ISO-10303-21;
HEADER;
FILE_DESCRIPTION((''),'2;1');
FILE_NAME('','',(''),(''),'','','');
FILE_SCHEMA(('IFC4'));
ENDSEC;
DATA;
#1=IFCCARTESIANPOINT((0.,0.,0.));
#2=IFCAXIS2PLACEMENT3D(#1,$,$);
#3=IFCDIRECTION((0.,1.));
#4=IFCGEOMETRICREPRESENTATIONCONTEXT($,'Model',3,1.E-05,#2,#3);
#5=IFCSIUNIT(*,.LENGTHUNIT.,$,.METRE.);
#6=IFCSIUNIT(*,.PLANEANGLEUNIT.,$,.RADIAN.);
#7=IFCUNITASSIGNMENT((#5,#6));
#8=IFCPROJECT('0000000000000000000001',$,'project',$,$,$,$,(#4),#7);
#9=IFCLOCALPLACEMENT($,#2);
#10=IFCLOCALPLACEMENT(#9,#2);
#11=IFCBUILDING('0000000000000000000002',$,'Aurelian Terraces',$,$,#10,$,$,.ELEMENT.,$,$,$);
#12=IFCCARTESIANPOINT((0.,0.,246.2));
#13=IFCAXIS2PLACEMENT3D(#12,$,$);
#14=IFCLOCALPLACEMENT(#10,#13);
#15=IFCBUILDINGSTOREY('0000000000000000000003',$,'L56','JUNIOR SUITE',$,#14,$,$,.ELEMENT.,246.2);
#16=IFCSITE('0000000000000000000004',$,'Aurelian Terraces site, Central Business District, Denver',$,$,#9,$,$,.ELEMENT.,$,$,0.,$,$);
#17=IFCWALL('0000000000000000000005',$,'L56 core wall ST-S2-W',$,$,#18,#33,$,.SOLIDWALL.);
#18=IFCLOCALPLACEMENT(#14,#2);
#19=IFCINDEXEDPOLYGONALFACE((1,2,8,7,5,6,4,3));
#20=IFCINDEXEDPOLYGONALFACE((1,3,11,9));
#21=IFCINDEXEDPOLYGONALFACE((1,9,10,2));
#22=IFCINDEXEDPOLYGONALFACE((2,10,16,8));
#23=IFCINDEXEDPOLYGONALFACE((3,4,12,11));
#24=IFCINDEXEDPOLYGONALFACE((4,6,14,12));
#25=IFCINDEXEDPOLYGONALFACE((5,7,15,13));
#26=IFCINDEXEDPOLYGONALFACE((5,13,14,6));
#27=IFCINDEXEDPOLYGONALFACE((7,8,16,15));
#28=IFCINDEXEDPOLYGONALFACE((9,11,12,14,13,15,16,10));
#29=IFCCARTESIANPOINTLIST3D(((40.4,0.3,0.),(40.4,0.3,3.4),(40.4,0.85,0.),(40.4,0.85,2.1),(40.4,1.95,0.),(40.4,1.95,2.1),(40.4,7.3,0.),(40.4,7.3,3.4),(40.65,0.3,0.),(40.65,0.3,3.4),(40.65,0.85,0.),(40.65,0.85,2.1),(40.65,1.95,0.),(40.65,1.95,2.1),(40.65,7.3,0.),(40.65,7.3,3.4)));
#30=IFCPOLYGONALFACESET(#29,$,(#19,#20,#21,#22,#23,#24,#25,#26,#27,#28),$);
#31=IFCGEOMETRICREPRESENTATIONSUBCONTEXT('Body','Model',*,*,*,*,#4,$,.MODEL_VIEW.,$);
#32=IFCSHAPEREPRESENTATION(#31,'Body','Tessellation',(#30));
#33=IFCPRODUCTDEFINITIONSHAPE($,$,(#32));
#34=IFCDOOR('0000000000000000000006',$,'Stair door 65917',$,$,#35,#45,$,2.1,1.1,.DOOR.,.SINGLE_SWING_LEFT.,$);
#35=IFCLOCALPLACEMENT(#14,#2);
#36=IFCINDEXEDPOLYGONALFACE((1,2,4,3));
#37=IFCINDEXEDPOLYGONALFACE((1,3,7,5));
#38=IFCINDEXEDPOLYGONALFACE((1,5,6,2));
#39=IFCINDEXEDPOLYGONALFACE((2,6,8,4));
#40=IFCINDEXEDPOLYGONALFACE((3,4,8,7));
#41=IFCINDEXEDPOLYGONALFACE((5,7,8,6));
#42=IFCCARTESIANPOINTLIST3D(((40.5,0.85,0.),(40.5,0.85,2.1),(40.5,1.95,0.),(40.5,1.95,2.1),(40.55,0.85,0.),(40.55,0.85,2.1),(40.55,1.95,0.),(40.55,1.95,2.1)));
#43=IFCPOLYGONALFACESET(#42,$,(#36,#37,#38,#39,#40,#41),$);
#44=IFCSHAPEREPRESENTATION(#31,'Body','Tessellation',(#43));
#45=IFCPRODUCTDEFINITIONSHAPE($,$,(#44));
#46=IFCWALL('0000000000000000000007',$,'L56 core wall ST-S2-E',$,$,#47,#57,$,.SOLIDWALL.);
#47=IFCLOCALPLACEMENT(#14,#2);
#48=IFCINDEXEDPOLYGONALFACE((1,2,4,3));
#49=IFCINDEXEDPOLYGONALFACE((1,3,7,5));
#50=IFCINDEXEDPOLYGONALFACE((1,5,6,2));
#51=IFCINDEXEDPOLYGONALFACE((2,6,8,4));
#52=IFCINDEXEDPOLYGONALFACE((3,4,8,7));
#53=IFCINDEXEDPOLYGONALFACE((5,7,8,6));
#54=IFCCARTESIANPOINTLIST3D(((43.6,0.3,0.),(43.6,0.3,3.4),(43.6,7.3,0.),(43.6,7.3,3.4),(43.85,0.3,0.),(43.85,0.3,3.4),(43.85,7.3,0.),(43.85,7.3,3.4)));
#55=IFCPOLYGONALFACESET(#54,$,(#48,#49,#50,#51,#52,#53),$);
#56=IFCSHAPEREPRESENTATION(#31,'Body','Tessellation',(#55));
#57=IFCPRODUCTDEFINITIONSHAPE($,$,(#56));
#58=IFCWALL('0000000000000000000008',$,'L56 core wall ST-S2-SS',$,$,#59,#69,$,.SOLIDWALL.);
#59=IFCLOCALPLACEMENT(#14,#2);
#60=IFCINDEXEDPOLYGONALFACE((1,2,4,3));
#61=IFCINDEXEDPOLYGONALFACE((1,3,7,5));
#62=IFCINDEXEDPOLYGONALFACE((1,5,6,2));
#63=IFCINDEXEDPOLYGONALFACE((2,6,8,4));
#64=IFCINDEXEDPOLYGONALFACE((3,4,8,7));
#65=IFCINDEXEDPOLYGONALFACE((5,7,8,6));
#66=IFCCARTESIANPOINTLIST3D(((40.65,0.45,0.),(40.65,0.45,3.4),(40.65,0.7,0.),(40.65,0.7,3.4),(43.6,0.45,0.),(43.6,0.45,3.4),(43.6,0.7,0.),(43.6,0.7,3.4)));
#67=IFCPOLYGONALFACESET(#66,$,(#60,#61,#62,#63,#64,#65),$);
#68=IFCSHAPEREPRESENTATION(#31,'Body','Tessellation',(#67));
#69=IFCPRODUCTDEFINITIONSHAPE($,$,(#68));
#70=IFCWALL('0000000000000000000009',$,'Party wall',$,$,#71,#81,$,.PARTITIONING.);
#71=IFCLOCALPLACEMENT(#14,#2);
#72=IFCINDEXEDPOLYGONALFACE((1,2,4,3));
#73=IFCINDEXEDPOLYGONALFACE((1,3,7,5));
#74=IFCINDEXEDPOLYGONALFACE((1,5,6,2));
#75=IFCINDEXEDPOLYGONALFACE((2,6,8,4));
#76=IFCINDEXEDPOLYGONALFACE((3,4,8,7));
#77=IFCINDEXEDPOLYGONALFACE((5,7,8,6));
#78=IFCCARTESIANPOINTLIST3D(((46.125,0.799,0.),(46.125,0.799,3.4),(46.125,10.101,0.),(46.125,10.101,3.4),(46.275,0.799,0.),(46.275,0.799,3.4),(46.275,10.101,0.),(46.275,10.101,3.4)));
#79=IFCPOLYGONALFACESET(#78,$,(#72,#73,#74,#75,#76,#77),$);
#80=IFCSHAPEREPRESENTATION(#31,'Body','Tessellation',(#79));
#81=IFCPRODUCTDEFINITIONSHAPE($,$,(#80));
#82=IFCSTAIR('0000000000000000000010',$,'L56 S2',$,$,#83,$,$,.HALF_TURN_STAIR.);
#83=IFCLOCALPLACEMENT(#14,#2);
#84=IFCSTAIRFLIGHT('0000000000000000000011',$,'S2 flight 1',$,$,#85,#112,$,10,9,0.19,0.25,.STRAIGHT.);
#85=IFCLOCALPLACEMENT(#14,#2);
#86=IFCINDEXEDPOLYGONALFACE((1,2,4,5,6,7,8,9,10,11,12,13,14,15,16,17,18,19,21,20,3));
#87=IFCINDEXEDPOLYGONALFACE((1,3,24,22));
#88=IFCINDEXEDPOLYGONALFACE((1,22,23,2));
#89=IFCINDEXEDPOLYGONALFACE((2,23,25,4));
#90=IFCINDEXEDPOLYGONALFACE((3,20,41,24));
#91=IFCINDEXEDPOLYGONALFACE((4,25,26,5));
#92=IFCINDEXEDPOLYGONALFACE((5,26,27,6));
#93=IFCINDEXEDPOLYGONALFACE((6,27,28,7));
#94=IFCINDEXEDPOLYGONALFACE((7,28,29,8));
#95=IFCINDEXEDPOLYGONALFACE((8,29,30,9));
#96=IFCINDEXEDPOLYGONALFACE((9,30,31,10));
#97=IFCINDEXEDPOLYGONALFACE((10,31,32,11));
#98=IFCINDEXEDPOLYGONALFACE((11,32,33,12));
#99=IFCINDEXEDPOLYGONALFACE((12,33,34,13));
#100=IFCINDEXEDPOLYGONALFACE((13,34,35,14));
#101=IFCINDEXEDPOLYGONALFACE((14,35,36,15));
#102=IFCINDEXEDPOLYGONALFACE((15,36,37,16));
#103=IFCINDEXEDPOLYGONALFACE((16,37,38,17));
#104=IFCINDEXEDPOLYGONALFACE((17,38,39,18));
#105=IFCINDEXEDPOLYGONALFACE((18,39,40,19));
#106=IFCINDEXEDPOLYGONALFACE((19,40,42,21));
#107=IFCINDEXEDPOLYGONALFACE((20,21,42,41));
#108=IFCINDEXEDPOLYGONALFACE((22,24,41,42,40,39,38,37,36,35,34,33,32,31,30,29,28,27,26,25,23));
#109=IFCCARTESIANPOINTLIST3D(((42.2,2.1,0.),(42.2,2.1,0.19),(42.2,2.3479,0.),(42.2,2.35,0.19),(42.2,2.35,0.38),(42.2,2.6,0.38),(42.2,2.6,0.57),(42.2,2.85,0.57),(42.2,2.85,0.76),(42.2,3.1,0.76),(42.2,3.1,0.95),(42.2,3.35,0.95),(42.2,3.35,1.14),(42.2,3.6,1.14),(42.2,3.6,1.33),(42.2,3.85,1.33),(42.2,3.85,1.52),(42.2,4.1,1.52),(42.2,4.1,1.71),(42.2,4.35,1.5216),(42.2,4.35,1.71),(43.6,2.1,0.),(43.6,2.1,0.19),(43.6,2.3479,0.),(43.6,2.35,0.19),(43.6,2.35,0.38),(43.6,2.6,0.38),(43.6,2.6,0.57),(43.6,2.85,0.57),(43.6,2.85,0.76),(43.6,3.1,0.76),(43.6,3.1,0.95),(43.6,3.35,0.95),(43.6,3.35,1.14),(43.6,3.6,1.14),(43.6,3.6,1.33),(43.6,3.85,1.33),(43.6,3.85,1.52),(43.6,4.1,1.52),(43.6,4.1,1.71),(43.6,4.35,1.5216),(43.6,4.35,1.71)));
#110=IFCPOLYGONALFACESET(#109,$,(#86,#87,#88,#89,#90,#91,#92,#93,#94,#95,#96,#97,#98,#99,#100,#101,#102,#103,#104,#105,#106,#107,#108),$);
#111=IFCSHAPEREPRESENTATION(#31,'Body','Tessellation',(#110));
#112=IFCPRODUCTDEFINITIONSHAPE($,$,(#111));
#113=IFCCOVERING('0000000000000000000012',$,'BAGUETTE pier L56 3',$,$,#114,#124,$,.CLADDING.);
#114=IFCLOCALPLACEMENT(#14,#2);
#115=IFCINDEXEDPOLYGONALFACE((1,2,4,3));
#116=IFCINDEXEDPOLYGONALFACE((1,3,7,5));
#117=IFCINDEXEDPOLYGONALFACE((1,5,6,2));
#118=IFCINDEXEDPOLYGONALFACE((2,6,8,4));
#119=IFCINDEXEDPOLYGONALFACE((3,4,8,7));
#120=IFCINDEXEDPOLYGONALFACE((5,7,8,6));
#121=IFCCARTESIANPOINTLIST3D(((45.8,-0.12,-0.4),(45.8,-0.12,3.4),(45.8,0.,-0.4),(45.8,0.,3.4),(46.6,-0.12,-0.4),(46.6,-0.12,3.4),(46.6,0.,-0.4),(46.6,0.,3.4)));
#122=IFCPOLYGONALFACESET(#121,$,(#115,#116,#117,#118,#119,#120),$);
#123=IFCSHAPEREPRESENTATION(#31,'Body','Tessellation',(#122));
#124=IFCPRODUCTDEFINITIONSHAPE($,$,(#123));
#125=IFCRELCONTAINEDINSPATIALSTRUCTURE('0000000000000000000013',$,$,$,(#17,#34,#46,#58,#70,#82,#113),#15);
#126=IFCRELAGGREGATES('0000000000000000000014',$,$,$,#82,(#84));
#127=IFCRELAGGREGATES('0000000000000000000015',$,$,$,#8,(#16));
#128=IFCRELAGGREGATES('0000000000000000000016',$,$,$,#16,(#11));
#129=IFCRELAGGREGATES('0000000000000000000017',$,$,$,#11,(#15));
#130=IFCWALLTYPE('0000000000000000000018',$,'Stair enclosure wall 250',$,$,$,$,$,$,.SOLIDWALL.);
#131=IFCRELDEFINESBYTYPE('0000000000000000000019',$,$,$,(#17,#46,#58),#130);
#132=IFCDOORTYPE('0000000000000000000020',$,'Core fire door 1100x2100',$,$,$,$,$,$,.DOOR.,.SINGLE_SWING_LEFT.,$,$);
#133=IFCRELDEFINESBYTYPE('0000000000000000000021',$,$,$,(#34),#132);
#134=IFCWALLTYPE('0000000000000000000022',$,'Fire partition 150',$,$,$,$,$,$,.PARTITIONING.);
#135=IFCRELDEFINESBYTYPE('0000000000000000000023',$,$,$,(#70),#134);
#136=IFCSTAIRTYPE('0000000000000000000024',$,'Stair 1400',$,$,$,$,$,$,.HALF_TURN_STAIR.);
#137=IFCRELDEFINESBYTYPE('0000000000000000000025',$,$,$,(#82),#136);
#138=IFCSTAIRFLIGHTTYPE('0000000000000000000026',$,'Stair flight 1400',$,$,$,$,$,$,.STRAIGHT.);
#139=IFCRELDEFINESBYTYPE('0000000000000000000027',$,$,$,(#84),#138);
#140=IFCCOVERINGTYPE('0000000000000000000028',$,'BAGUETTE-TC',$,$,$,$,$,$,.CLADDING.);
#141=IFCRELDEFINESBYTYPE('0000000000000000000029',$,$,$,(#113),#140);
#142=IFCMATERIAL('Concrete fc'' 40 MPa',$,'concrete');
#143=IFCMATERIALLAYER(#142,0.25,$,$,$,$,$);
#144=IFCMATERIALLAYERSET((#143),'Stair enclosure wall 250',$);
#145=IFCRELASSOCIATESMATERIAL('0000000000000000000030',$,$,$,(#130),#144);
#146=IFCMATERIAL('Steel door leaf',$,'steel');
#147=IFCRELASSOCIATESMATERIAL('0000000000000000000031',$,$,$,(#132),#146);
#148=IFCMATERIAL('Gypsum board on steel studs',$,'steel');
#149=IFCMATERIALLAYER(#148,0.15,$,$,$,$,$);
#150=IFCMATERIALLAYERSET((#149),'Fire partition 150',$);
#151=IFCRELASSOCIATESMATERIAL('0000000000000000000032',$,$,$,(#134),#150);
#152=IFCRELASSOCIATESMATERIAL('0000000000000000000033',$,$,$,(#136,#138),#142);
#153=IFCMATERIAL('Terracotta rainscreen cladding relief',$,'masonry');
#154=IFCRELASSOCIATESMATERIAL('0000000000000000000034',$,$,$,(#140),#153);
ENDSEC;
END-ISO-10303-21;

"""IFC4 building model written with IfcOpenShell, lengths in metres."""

from ifc_helpers import new_model, si_unit, direction, frame, frame_2d, origin, origin_2d, place, context, subcontext, project, spatial, polyline, rectangle, outline, extrude, source, transform, mapped, material, layer, layer_set, type_object, element, fill, aggregate, save


model = new_model("IFC4")

# Units and contexts
model_context = context("Model", 3, precision=1e-05, world=origin(), true_north=direction((0.0, 1.0)))
body_context = subcontext(model_context, "Body", "Model", "MODEL_VIEW")
ifc_project = project(units=[si_unit("LENGTHUNIT", "METRE"), si_unit("PLANEANGLEUNIT", "RADIAN")], contexts=[model_context])

# Site, building, storey
site_placement = place(None, origin())
site = spatial("IfcSite", under=ifc_project, at=site_placement, Name="Aurelian Terraces site, Central Business District, Denver", CompositionType="ELEMENT", RefElevation=0.0)
building_placement = place(site_placement, origin())
building = spatial("IfcBuilding", under=site, at=building_placement, Name="Aurelian Terraces", CompositionType="ELEMENT")
storey_placement = place(building_placement, frame((0.0, 0.0, 246.2)))
storey = spatial("IfcBuildingStorey", under=building, at=storey_placement, Name="L56", Description="JUNIOR SUITE", CompositionType="ELEMENT", Elevation=246.2)

# Wall, opening, door
ifc_material_1 = material(Name="Concrete fc' 40 MPa", Category="concrete")
ifc_layer_1 = layer(ifc_material_1, 0.25)
ifc_layer_set_1 = layer_set([ifc_layer_1], Name="Stair enclosure wall 250")
wall_type_1 = type_object("IfcWallType", Name="Stair enclosure wall 250", PredefinedType="SOLIDWALL", material=ifc_layer_set_1)
shared_shape_1 = source(origin(), body_context, "Body", "SweptSolid", [
    extrude(rectangle(XDim=7.0, YDim=0.25, at=frame_2d((3.5, 0.0))), origin(), (0.0, 0.0, 1.0), 3.4),
])
wall_1_placement = place(storey_placement, frame((40.525, 0.3, 0.0), z_axis=(0.0, 0.0, 1.0), x_axis=(0.0, 1.0, 0.0)))
wall_1 = element("IfcWall", 1, at=wall_1_placement, inside=storey, type_object=wall_type_1, Name="L56 core wall ST-S2-W", PredefinedType="SOLIDWALL", context=body_context, shape_type="MappedRepresentation", body=[
    mapped(shared_shape_1, transform((0.0, 0.0, 0.0), scale=1.0)),
])
shared_shape_2 = source(origin(), body_context, "Body", "SweptSolid", [
    extrude(rectangle(XDim=1.1, YDim=2.1, at=frame_2d((0.55, 1.05))), frame((0.0, 0.135, 0.0), z_axis=(0.0, -1.0, 0.0), x_axis=(1.0, 0.0, 0.0)), (0.0, 0.0, 1.0), 0.27),
])
opening_1_placement = place(wall_1_placement, frame((0.55, 0.0, 0.0)))
opening_1 = element("IfcOpeningElement", 2, at=opening_1_placement, cuts=wall_1, PredefinedType="OPENING", context=body_context, shape_type="MappedRepresentation", body=[
    mapped(shared_shape_2, transform((0.0, 0.0, 0.0), scale=1.0)),
])
ifc_material_2 = material(Name="Steel door leaf", Category="steel")
door_type = type_object("IfcDoorType", Name="Core fire door 1100x2100", OperationType="SINGLE_SWING_LEFT", PredefinedType="DOOR", material=ifc_material_2)
shared_shape_3 = source(origin(), body_context, "Body", "SweptSolid", [
    extrude(rectangle(XDim=1.1, YDim=2.1, at=frame_2d((0.55, 1.05))), frame((0.0, 0.025, 0.0), z_axis=(0.0, -1.0, 0.0), x_axis=(1.0, 0.0, 0.0)), (0.0, 0.0, 1.0), 0.05),
])
door_placement = place(opening_1_placement, origin())
door = element("IfcDoor", 3, at=door_placement, inside=storey, type_object=door_type, Name="Stair door 65917", OperationType="SINGLE_SWING_LEFT", OverallHeight=2.1, OverallWidth=1.1, PredefinedType="DOOR", context=body_context, shape_type="MappedRepresentation", body=[
    mapped(shared_shape_3, transform((0.0, 0.0, 0.0), scale=1.0)),
])
fill(opening_1, door)

# Walls
wall_2_placement = place(storey_placement, frame((43.725, 0.3, 0.0), z_axis=(0.0, 0.0, 1.0), x_axis=(0.0, 1.0, 0.0)))
element("IfcWall", 4, at=wall_2_placement, inside=storey, type_object=wall_type_1, Name="L56 core wall ST-S2-E", PredefinedType="SOLIDWALL", context=body_context, shape_type="MappedRepresentation", body=[
    mapped(shared_shape_1, transform((0.0, 0.0, 0.0), scale=1.0)),
])
shared_shape_4 = source(origin(), body_context, "Body", "SweptSolid", [
    extrude(rectangle(XDim=2.95, YDim=0.25, at=frame_2d((1.475, 0.0))), origin(), (0.0, 0.0, 1.0), 3.4),
])
wall_3_placement = place(storey_placement, frame((40.65, 0.575, 0.0), z_axis=(0.0, 0.0, 1.0), x_axis=(1.0, 0.0, 0.0)))
element("IfcWall", 5, at=wall_3_placement, inside=storey, type_object=wall_type_1, Name="L56 core wall ST-S2-SS", PredefinedType="SOLIDWALL", context=body_context, shape_type="MappedRepresentation", body=[
    mapped(shared_shape_4, transform((0.0, 0.0, 0.0), scale=1.0)),
])
ifc_material_3 = material(Name="Gypsum board on steel studs", Category="steel")
ifc_layer_2 = layer(ifc_material_3, 0.15)
ifc_layer_set_2 = layer_set([ifc_layer_2], Name="Fire partition 150")
wall_type_2 = type_object("IfcWallType", Name="Fire partition 150", PredefinedType="PARTITIONING", material=ifc_layer_set_2)
shared_shape_5 = source(origin(), body_context, "Body", "SweptSolid", [
    extrude(rectangle(XDim=9.302, YDim=0.15, at=frame_2d((4.651, 0.0))), origin(), (0.0, 0.0, 1.0), 3.4),
])
wall_4_placement = place(storey_placement, frame((46.2, 0.799, 0.0), z_axis=(0.0, 0.0, 1.0), x_axis=(0.0, 1.0, 0.0)))
element("IfcWall", 6, at=wall_4_placement, inside=storey, type_object=wall_type_2, Name="Party wall", PredefinedType="PARTITIONING", context=body_context, shape_type="MappedRepresentation", body=[
    mapped(shared_shape_5, transform((0.0, 0.0, 0.0), scale=1.0)),
])

# Stair, stair flight
stair_type = type_object("IfcStairType", Name="Stair 1400", PredefinedType="HALF_TURN_STAIR", material=ifc_material_1)
stair_placement = place(storey_placement, origin())
stair = element("IfcStair", 7, at=stair_placement, inside=storey, type_object=stair_type, Name="L56 S2", PredefinedType="HALF_TURN_STAIR")
stair_flight_type = type_object("IfcStairFlightType", Name="Stair flight 1400", PredefinedType="STRAIGHT", material=ifc_material_1)
shared_shape_6 = source(origin(), body_context, "Body", "SweptSolid", [
    extrude(outline(polyline([(0.0, 0.0), (0.0, 0.19), (0.25, 0.19), (0.25, 0.38), (0.5, 0.38), (0.5, 0.57), (0.75, 0.57), (0.75, 0.76), (1.0, 0.76), (1.0, 0.95), (1.25, 0.95), (1.25, 1.14), (1.5, 1.14), (1.5, 1.33), (1.75, 1.33), (1.75, 1.52), (2.0, 1.52), (2.0, 1.71), (2.25, 1.71), (2.25, 1.9), (2.25, 1.5216), (0.2479, 0.0), (0.0, 0.0)])), frame((0.0, 0.7, 0.0), z_axis=(0.0, -1.0, 0.0), x_axis=(1.0, 0.0, 0.0)), (0.0, 0.0, 1.0), 1.4),
])
stair_flight_placement = place(storey_placement, frame((42.9, 2.1, 0.0), z_axis=(0.0, 0.0, 1.0), x_axis=(0.0, 1.0, 0.0)))
stair_flight = element("IfcStairFlight", 8, at=stair_flight_placement, type_object=stair_flight_type, Name="S2 flight 1", NumberOfRisers=10, NumberOfTreads=9, PredefinedType="STRAIGHT", RiserHeight=0.19, TreadLength=0.25, context=body_context, shape_type="MappedRepresentation", body=[
    mapped(shared_shape_6, transform((0.0, 0.0, 0.0), scale=1.0)),
])
aggregate(stair, [stair_flight])

# Covering
ifc_material_4 = material(Name="Terracotta rainscreen cladding relief", Category="masonry")
covering_type = type_object("IfcCoveringType", Name="BAGUETTE-TC", PredefinedType="CLADDING", material=ifc_material_4)
shared_shape_7 = source(origin(), body_context, "Body", "SweptSolid", [
    extrude(rectangle(XDim=0.8, YDim=0.12, at=origin_2d()), origin(), (0.0, 0.0, 1.0), 3.8),
])
covering_placement = place(storey_placement, frame((46.2, -0.06, -0.4), z_axis=(0.0, 0.0, 1.0), x_axis=(1.0, 0.0, 0.0)))
element("IfcCovering", 9, at=covering_placement, inside=storey, type_object=covering_type, Name="BAGUETTE pier L56 3", PredefinedType="CLADDING", context=body_context, shape_type="MappedRepresentation", body=[
    mapped(shared_shape_7, transform((0.0, 0.0, 0.0), scale=1.0)),
])

save(model, "model.ifc")
